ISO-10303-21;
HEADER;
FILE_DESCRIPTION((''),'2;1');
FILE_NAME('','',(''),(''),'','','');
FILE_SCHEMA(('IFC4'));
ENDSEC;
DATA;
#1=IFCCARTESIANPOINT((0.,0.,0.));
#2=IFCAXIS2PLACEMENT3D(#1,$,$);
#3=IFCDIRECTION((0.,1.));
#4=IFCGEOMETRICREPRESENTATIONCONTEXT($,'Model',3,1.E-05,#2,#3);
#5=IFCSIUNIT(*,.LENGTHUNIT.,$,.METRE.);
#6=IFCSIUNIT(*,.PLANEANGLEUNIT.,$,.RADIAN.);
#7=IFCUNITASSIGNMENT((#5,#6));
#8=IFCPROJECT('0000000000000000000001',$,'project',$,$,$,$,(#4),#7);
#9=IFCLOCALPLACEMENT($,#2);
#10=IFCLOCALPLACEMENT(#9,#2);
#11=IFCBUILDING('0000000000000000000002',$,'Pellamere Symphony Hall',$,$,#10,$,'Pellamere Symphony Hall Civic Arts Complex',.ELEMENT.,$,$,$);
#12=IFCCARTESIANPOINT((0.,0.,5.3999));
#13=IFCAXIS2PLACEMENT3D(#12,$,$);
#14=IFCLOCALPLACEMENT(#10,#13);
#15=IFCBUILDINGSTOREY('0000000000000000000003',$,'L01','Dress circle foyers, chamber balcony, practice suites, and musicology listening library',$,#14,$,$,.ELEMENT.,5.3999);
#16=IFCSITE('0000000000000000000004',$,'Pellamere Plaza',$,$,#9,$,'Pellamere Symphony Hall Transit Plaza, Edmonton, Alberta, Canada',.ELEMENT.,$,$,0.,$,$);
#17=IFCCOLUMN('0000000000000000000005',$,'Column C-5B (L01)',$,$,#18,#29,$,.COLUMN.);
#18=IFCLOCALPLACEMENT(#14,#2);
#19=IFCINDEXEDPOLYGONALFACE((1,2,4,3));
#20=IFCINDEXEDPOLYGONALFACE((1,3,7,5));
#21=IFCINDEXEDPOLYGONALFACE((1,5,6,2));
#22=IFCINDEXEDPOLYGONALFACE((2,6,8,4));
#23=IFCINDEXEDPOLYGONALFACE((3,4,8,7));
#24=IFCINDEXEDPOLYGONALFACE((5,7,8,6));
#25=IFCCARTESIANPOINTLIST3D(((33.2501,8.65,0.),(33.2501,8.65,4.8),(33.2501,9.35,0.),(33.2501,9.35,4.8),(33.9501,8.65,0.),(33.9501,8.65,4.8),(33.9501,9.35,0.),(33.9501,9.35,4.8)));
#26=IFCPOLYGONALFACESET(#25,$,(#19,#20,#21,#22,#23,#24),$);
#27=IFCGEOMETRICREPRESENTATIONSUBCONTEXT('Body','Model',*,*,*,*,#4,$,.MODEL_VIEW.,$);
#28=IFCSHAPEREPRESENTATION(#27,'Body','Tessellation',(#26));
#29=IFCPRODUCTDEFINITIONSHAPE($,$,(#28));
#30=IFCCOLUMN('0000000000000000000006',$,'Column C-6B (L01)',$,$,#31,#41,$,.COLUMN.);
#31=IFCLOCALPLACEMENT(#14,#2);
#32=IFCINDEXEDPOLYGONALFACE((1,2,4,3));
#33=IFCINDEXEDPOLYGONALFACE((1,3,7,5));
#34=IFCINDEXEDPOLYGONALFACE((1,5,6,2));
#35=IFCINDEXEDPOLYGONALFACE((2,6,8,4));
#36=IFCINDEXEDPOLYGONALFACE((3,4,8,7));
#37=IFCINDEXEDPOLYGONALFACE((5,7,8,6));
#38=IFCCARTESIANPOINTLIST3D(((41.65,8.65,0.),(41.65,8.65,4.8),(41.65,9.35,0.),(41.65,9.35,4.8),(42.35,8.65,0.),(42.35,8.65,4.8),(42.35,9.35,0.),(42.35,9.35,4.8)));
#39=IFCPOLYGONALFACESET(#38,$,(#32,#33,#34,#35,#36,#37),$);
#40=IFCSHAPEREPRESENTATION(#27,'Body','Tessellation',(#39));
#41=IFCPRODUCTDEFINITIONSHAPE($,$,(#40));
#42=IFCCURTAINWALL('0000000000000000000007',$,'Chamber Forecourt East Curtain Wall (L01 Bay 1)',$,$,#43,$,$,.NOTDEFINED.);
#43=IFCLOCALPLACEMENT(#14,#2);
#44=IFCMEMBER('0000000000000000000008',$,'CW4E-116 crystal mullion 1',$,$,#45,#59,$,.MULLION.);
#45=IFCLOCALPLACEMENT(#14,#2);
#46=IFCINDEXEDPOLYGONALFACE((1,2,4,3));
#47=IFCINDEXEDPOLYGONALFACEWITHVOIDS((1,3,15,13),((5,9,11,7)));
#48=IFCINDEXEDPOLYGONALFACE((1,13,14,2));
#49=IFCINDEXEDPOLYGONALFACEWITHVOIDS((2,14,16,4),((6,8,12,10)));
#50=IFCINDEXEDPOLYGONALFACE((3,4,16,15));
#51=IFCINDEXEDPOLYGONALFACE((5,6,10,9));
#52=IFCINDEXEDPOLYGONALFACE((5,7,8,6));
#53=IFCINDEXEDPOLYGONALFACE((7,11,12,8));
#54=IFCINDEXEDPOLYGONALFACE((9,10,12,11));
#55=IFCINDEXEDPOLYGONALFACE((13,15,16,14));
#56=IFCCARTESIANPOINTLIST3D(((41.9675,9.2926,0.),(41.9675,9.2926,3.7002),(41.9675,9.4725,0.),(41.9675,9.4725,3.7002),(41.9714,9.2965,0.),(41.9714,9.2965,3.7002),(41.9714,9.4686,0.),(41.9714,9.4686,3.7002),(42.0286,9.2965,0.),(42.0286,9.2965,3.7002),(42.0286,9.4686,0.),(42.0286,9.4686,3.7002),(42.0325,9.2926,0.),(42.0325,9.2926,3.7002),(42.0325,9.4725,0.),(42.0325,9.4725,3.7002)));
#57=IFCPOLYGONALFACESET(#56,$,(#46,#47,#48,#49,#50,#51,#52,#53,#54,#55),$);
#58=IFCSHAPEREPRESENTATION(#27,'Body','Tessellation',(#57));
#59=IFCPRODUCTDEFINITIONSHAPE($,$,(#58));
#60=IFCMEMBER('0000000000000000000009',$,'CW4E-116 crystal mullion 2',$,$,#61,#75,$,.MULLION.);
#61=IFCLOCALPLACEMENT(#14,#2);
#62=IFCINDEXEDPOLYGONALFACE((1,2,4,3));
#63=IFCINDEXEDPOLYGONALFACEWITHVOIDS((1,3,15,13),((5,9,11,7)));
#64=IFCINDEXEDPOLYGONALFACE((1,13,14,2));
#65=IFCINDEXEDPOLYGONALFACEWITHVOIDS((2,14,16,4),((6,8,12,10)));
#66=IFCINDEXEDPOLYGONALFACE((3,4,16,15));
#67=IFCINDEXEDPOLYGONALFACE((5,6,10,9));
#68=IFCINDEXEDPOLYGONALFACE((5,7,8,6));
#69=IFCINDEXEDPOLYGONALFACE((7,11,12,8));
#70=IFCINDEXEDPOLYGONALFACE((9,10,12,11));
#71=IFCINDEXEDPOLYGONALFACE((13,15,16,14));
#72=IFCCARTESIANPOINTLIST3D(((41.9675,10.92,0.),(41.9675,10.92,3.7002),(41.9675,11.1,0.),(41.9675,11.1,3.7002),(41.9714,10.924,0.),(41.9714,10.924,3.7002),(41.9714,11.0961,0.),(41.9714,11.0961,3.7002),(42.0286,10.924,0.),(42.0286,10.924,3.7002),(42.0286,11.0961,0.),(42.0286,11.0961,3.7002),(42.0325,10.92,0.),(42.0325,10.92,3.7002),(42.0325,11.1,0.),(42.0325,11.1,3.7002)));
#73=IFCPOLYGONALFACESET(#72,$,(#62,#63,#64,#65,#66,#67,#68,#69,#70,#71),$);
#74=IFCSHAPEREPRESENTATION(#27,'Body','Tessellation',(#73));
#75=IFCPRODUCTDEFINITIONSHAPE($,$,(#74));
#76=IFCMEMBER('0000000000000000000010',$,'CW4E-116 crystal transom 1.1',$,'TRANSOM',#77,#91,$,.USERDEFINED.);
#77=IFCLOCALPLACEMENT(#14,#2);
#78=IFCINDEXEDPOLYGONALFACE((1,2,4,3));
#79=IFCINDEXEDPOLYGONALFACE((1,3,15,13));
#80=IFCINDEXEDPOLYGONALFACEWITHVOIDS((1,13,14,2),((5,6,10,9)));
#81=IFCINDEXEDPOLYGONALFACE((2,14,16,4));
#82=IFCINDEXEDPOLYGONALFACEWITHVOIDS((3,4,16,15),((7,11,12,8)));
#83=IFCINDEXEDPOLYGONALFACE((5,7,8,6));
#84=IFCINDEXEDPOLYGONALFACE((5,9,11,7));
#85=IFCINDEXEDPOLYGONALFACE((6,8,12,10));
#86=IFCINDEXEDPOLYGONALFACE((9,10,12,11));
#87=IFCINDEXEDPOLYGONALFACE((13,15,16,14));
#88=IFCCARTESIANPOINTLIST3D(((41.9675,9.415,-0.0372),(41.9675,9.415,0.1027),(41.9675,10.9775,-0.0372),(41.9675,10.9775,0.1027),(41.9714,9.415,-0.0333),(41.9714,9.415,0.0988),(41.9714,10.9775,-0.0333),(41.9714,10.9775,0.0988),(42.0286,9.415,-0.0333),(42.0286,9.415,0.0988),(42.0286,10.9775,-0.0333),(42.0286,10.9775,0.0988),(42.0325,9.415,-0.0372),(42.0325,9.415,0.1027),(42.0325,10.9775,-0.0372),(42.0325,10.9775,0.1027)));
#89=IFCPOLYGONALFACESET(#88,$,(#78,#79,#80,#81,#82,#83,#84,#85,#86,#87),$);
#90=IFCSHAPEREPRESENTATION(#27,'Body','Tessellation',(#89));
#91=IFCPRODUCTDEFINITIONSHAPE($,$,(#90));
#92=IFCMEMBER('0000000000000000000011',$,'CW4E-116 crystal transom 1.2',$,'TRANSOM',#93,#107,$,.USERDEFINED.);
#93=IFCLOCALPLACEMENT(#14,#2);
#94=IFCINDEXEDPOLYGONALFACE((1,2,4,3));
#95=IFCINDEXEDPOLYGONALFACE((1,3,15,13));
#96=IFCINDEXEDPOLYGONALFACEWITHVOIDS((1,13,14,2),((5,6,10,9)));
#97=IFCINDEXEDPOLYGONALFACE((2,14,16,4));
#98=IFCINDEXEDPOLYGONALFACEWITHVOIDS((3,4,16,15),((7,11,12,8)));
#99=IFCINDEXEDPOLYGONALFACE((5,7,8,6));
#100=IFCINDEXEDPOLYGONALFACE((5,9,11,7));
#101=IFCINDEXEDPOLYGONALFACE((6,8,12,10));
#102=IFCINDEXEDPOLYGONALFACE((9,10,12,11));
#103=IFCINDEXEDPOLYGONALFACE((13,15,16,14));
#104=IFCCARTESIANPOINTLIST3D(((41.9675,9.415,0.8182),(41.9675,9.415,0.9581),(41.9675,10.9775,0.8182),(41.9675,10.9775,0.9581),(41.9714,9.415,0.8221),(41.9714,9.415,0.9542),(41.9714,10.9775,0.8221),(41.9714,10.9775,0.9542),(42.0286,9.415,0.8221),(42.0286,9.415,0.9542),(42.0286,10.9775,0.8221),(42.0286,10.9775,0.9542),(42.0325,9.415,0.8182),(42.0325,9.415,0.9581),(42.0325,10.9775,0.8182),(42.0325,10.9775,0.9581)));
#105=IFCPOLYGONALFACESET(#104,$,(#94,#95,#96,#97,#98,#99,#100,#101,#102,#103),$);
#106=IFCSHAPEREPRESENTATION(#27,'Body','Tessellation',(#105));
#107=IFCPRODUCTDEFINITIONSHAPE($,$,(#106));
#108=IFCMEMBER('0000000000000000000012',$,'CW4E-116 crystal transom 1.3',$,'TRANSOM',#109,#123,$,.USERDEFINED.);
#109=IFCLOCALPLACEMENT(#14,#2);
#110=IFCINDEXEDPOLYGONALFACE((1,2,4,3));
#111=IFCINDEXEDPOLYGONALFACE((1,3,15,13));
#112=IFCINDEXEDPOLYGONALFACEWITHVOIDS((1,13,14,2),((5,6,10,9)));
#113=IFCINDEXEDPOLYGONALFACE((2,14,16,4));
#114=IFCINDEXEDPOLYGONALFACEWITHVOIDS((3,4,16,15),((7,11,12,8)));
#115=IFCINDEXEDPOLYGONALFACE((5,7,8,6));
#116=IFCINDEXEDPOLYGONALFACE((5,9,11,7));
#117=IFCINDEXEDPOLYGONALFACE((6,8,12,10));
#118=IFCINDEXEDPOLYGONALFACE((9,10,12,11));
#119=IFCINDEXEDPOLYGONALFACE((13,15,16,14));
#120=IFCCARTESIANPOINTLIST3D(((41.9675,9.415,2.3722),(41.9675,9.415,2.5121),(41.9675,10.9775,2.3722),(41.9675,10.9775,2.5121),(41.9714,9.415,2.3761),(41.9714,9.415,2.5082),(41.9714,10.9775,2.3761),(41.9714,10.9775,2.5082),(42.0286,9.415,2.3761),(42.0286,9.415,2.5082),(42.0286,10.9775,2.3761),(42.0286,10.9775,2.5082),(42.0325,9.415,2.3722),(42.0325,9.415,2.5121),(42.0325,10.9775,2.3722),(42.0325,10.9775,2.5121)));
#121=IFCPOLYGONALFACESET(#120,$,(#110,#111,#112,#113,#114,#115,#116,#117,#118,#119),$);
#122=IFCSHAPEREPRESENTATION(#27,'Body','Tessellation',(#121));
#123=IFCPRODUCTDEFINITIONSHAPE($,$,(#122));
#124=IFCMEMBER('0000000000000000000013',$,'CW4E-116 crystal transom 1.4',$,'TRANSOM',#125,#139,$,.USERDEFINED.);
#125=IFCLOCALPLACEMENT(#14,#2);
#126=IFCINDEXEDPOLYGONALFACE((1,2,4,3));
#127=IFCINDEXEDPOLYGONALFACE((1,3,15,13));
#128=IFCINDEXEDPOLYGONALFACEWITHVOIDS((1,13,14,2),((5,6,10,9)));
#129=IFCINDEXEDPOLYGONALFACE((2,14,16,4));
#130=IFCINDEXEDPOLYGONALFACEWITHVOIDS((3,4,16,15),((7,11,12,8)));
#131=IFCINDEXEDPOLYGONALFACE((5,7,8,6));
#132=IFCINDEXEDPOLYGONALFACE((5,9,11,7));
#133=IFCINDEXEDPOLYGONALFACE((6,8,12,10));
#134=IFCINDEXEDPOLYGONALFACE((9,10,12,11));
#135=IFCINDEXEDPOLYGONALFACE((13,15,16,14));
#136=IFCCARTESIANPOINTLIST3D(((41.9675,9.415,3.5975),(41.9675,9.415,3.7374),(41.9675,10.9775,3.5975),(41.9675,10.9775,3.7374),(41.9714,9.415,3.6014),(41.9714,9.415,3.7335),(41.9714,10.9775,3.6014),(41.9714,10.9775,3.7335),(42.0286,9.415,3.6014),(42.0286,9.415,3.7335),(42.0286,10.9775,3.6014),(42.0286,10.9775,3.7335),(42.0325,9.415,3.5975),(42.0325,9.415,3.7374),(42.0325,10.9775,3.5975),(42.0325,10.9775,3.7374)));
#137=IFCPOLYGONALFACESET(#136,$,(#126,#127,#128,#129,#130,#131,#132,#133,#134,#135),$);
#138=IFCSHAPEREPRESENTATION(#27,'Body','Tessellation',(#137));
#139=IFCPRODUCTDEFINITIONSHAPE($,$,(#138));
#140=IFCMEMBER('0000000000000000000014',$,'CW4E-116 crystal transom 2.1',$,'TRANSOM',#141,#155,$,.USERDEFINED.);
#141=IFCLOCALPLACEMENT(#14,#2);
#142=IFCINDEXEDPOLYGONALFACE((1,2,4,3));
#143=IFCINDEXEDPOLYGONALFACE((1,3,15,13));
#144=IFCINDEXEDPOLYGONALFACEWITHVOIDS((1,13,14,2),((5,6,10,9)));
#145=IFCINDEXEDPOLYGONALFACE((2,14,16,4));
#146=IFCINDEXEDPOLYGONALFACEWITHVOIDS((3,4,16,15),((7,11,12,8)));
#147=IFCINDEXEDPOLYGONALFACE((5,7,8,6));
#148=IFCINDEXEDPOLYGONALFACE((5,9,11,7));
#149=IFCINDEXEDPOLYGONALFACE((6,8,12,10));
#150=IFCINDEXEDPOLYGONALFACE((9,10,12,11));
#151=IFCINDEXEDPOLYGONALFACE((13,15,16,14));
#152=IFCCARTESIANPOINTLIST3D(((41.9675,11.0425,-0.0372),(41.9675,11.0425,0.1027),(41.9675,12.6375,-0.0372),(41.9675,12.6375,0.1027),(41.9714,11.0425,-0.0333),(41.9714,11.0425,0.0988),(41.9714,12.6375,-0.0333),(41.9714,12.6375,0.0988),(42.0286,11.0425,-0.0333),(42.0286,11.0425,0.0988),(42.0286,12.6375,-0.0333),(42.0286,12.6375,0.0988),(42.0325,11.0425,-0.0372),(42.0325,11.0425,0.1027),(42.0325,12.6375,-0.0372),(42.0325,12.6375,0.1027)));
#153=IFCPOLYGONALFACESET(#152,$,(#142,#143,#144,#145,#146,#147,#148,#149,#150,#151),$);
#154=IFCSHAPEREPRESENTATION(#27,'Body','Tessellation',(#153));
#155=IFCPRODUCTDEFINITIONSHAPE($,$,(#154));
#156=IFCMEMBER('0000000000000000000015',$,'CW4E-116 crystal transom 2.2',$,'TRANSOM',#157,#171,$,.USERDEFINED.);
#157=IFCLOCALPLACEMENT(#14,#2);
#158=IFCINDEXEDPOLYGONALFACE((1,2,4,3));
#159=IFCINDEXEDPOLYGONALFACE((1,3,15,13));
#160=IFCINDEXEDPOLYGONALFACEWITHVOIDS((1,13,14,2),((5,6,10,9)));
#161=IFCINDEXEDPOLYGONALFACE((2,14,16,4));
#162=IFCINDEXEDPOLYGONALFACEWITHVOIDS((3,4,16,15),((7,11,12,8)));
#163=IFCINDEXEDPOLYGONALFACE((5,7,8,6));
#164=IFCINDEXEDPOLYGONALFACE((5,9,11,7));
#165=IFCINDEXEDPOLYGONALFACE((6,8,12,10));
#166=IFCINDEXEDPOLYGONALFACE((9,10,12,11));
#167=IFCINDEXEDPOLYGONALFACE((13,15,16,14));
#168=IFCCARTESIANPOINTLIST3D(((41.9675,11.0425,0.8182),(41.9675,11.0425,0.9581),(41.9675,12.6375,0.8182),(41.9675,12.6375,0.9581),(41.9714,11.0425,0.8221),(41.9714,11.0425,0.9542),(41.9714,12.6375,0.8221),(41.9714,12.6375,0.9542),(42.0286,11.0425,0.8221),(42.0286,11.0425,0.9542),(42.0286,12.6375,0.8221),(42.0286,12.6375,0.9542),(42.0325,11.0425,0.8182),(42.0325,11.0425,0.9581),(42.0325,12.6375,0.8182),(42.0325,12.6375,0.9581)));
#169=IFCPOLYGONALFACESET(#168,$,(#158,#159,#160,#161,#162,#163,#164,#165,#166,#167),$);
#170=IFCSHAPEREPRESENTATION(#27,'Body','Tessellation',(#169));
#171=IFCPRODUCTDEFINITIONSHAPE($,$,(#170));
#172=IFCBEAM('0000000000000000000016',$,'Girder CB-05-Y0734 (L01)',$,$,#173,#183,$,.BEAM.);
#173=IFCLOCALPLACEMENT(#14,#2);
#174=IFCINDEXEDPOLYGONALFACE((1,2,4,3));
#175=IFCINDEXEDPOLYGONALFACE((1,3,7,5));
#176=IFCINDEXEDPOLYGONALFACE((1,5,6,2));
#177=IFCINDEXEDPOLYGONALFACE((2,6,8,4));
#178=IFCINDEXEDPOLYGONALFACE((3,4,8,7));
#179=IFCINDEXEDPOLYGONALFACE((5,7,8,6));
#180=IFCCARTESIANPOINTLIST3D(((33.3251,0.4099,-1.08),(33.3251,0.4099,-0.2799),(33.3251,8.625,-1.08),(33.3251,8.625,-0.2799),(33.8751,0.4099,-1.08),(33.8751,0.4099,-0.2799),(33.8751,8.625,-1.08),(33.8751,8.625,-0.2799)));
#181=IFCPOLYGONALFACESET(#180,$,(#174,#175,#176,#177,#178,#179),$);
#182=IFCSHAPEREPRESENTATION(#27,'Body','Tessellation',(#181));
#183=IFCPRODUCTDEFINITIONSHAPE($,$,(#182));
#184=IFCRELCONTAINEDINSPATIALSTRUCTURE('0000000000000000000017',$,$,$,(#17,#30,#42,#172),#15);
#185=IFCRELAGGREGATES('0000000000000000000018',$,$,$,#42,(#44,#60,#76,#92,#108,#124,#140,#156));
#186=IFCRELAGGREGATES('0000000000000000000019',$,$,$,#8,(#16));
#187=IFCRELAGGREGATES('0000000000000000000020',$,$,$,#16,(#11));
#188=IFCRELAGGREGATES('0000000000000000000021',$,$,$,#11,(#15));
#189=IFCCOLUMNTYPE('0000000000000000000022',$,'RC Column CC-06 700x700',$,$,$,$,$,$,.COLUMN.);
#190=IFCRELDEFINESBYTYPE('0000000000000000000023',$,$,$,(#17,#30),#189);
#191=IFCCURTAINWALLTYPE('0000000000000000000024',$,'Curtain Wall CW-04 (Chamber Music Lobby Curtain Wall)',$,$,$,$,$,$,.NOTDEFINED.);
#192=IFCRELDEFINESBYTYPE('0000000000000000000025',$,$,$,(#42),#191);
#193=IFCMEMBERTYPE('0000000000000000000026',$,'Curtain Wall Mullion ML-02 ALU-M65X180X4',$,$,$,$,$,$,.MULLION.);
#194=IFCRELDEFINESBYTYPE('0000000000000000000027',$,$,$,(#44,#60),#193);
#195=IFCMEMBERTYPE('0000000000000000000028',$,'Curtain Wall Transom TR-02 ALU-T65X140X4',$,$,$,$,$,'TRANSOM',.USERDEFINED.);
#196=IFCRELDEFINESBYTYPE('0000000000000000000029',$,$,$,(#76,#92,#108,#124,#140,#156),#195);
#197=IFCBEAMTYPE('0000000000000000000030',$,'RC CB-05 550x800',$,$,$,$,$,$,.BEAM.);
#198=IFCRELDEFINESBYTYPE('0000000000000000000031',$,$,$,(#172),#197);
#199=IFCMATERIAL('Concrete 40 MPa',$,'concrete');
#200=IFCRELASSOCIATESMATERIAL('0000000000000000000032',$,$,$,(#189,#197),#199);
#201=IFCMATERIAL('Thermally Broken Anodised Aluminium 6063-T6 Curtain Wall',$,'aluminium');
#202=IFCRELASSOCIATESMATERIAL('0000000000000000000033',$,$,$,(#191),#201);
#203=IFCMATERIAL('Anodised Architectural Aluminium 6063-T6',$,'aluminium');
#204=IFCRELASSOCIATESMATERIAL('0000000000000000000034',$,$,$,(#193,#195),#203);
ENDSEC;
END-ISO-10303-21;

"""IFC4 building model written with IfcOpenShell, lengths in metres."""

from ifc_helpers import new_model, si_unit, direction, frame, origin, origin_2d, place, context, subcontext, project, spatial, rectangle, hollow_rectangle, extrude, material, material_profile, profile_set, type_object, element, aggregate, save


model = new_model("IFC4")

# Units and contexts
model_context = context("Model", 3, precision=1e-05, world=origin(), true_north=direction((0.0, 1.0)))
body_context = subcontext(model_context, "Body", "Model", "MODEL_VIEW")
ifc_project = project(units=[si_unit("LENGTHUNIT", "METRE"), si_unit("PLANEANGLEUNIT", "RADIAN")], contexts=[model_context])

# Site, building, storey
site_placement = place(None, origin())
site = spatial("IfcSite", under=ifc_project, at=site_placement, Name="Pellamere Plaza", LongName="Pellamere Symphony Hall Transit Plaza, Edmonton, Alberta, Canada", CompositionType="ELEMENT", RefElevation=0.0)
building_placement = place(site_placement, origin())
building = spatial("IfcBuilding", under=site, at=building_placement, Name="Pellamere Symphony Hall", LongName="Pellamere Symphony Hall Civic Arts Complex", CompositionType="ELEMENT")
storey_placement = place(building_placement, frame((0.0, 0.0, 5.3999)))
storey = spatial("IfcBuildingStorey", under=building, at=storey_placement, Name="L01", Description="Dress circle foyers, chamber balcony, practice suites, and musicology listening library", CompositionType="ELEMENT", Elevation=5.3999)

# Columns
ifc_material_1 = material(Name="Concrete 40 MPa", Category="concrete")
ifc_material_profile_1 = material_profile(ifc_material_1, rectangle(XDim=0.7, YDim=0.7, at=origin_2d()), Name="RC 700x700")
ifc_profile_set_1 = profile_set([ifc_material_profile_1], Name="Concrete 40 MPa")
column_type = type_object("IfcColumnType", Name="RC Column CC-06 700x700", PredefinedType="COLUMN", material=ifc_profile_set_1)
for number, where, z_axis, x_axis, name in (
    (1, (33.6001, 9.0, 0.0), (0.0, 0.0, 1.0), (1.0, 0.0, 0.0), "Column C-5B (L01)"),
    (2, (42.0, 9.0, 0.0), (0.0, 0.0, 1.0), (1.0, 0.0, 0.0), "Column C-6B (L01)"),
):
    element("IfcColumn", number, at=place(storey_placement, frame(where, z_axis=z_axis, x_axis=x_axis)), inside=storey, type_object=column_type, Name=name, PredefinedType="COLUMN", context=body_context, shape_type="SweptSolid", body=[
        extrude(rectangle(XDim=0.7, YDim=0.7, at=origin_2d()), origin(), (0.0, 0.0, 1.0), 4.8),
    ])

# Curtain wall, members
ifc_material_2 = material(Name="Thermally Broken Anodised Aluminium 6063-T6 Curtain Wall", Category="aluminium")
curtain_wall_type = type_object("IfcCurtainWallType", Name="Curtain Wall CW-04 (Chamber Music Lobby Curtain Wall)", PredefinedType="NOTDEFINED", material=ifc_material_2)
curtain_wall_placement = place(storey_placement, origin())
curtain_wall = element("IfcCurtainWall", 3, at=curtain_wall_placement, inside=storey, type_object=curtain_wall_type, Name="Chamber Forecourt East Curtain Wall (L01 Bay 1)", PredefinedType="NOTDEFINED")
ifc_material_3 = material(Name="Anodised Architectural Aluminium 6063-T6", Category="aluminium")
ifc_material_profile_2 = material_profile(ifc_material_3, hollow_rectangle(XDim=0.0649, YDim=0.1799, WallThickness=0.0039, at=origin_2d()), Name="ALU-M65X180X4")
ifc_profile_set_2 = profile_set([ifc_material_profile_2], Name="Anodised Architectural Aluminium 6063-T6")
member_type_1 = type_object("IfcMemberType", Name="Curtain Wall Mullion ML-02 ALU-M65X180X4", PredefinedType="MULLION", material=ifc_profile_set_2)
member_1_placement = place(storey_placement, frame((42.0, 9.3826, 0.0), z_axis=(0.0, 0.0, 1.0), x_axis=(-1.0, 0.0, 0.0)))
member_1 = element("IfcMember", 4, at=member_1_placement, type_object=member_type_1, Name="CW4E-116 crystal mullion 1", PredefinedType="MULLION", context=body_context, shape_type="SweptSolid", body=[
    extrude(hollow_rectangle(XDim=0.0649, YDim=0.1799, WallThickness=0.0039, at=origin_2d()), origin(), (0.0, 0.0, 1.0), 3.7002),
])
member_2_placement = place(storey_placement, frame((42.0, 11.01, 0.0), z_axis=(0.0, 0.0, 1.0), x_axis=(-1.0, 0.0, 0.0)))
member_2 = element("IfcMember", 5, at=member_2_placement, type_object=member_type_1, Name="CW4E-116 crystal mullion 2", PredefinedType="MULLION", context=body_context, shape_type="SweptSolid", body=[
    extrude(hollow_rectangle(XDim=0.0649, YDim=0.1799, WallThickness=0.0039, at=origin_2d()), origin(), (0.0, 0.0, 1.0), 3.7002),
])
ifc_material_profile_3 = material_profile(ifc_material_3, hollow_rectangle(XDim=0.0649, YDim=0.1399, WallThickness=0.0039, at=origin_2d()), Name="ALU-T65X140X4")
ifc_profile_set_3 = profile_set([ifc_material_profile_3], Name="Anodised Architectural Aluminium 6063-T6")
member_type_2 = type_object("IfcMemberType", Name="Curtain Wall Transom TR-02 ALU-T65X140X4", ElementType="TRANSOM", PredefinedType="USERDEFINED", material=ifc_profile_set_3)
member_3_placement = place(storey_placement, frame((42.0, 9.415, 0.0327), z_axis=(0.0, 1.0, 0.0), x_axis=(-1.0, 0.0, 0.0)))
member_3 = element("IfcMember", 6, at=member_3_placement, type_object=member_type_2, Name="CW4E-116 crystal transom 1.1", ObjectType="TRANSOM", PredefinedType="USERDEFINED", context=body_context, shape_type="SweptSolid", body=[
    extrude(hollow_rectangle(XDim=0.0649, YDim=0.1399, WallThickness=0.0039, at=origin_2d()), origin(), (0.0, 0.0, 1.0), 1.5625),
])
member_4_placement = place(storey_placement, frame((42.0, 9.415, 0.8882), z_axis=(0.0, 1.0, 0.0), x_axis=(-1.0, 0.0, 0.0)))
member_4 = element("IfcMember", 7, at=member_4_placement, type_object=member_type_2, Name="CW4E-116 crystal transom 1.2", ObjectType="TRANSOM", PredefinedType="USERDEFINED", context=body_context, shape_type="SweptSolid", body=[
    extrude(hollow_rectangle(XDim=0.0649, YDim=0.1399, WallThickness=0.0039, at=origin_2d()), origin(), (0.0, 0.0, 1.0), 1.5625),
])
member_5_placement = place(storey_placement, frame((42.0, 9.415, 2.4421), z_axis=(0.0, 1.0, 0.0), x_axis=(-1.0, 0.0, 0.0)))
member_5 = element("IfcMember", 8, at=member_5_placement, type_object=member_type_2, Name="CW4E-116 crystal transom 1.3", ObjectType="TRANSOM", PredefinedType="USERDEFINED", context=body_context, shape_type="SweptSolid", body=[
    extrude(hollow_rectangle(XDim=0.0649, YDim=0.1399, WallThickness=0.0039, at=origin_2d()), origin(), (0.0, 0.0, 1.0), 1.5625),
])
member_6_placement = place(storey_placement, frame((42.0, 9.415, 3.6675), z_axis=(0.0, 1.0, 0.0), x_axis=(-1.0, 0.0, 0.0)))
member_6 = element("IfcMember", 9, at=member_6_placement, type_object=member_type_2, Name="CW4E-116 crystal transom 1.4", ObjectType="TRANSOM", PredefinedType="USERDEFINED", context=body_context, shape_type="SweptSolid", body=[
    extrude(hollow_rectangle(XDim=0.0649, YDim=0.1399, WallThickness=0.0039, at=origin_2d()), origin(), (0.0, 0.0, 1.0), 1.5625),
])
member_7_placement = place(storey_placement, frame((42.0, 11.0425, 0.0327), z_axis=(0.0, 1.0, 0.0), x_axis=(-1.0, 0.0, 0.0)))
member_7 = element("IfcMember", 10, at=member_7_placement, type_object=member_type_2, Name="CW4E-116 crystal transom 2.1", ObjectType="TRANSOM", PredefinedType="USERDEFINED", context=body_context, shape_type="SweptSolid", body=[
    extrude(hollow_rectangle(XDim=0.0649, YDim=0.1399, WallThickness=0.0039, at=origin_2d()), origin(), (0.0, 0.0, 1.0), 1.595),
])
member_8_placement = place(storey_placement, frame((42.0, 11.0425, 0.8882), z_axis=(0.0, 1.0, 0.0), x_axis=(-1.0, 0.0, 0.0)))
member_8 = element("IfcMember", 11, at=member_8_placement, type_object=member_type_2, Name="CW4E-116 crystal transom 2.2", ObjectType="TRANSOM", PredefinedType="USERDEFINED", context=body_context, shape_type="SweptSolid", body=[
    extrude(hollow_rectangle(XDim=0.0649, YDim=0.1399, WallThickness=0.0039, at=origin_2d()), origin(), (0.0, 0.0, 1.0), 1.595),
])

# Beam
ifc_material_profile_4 = material_profile(ifc_material_1, rectangle(XDim=0.55, YDim=0.8, at=origin_2d()), Name="RC 550x800")
ifc_profile_set_4 = profile_set([ifc_material_profile_4], Name="Concrete 40 MPa")
beam_type_1 = type_object("IfcBeamType", Name="RC CB-05 550x800", PredefinedType="BEAM", material=ifc_profile_set_4)
beam_1_placement = place(storey_placement, frame((33.6001, 0.4099, -0.6799), z_axis=(0.0, 1.0, 0.0), x_axis=(-1.0, 0.0, 0.0)))
element("IfcBeam", 12, at=beam_1_placement, inside=storey, type_object=beam_type_1, Name="Girder CB-05-Y0734 (L01)", PredefinedType="BEAM", context=body_context, shape_type="SweptSolid", body=[
    extrude(rectangle(XDim=0.55, YDim=0.8, at=origin_2d()), origin(), (0.0, 0.0, 1.0), 8.2151),
])

aggregate(curtain_wall, [member_1, member_2, member_3, member_4, member_5, member_6, member_7, member_8])

save(model, "model.ifc")
